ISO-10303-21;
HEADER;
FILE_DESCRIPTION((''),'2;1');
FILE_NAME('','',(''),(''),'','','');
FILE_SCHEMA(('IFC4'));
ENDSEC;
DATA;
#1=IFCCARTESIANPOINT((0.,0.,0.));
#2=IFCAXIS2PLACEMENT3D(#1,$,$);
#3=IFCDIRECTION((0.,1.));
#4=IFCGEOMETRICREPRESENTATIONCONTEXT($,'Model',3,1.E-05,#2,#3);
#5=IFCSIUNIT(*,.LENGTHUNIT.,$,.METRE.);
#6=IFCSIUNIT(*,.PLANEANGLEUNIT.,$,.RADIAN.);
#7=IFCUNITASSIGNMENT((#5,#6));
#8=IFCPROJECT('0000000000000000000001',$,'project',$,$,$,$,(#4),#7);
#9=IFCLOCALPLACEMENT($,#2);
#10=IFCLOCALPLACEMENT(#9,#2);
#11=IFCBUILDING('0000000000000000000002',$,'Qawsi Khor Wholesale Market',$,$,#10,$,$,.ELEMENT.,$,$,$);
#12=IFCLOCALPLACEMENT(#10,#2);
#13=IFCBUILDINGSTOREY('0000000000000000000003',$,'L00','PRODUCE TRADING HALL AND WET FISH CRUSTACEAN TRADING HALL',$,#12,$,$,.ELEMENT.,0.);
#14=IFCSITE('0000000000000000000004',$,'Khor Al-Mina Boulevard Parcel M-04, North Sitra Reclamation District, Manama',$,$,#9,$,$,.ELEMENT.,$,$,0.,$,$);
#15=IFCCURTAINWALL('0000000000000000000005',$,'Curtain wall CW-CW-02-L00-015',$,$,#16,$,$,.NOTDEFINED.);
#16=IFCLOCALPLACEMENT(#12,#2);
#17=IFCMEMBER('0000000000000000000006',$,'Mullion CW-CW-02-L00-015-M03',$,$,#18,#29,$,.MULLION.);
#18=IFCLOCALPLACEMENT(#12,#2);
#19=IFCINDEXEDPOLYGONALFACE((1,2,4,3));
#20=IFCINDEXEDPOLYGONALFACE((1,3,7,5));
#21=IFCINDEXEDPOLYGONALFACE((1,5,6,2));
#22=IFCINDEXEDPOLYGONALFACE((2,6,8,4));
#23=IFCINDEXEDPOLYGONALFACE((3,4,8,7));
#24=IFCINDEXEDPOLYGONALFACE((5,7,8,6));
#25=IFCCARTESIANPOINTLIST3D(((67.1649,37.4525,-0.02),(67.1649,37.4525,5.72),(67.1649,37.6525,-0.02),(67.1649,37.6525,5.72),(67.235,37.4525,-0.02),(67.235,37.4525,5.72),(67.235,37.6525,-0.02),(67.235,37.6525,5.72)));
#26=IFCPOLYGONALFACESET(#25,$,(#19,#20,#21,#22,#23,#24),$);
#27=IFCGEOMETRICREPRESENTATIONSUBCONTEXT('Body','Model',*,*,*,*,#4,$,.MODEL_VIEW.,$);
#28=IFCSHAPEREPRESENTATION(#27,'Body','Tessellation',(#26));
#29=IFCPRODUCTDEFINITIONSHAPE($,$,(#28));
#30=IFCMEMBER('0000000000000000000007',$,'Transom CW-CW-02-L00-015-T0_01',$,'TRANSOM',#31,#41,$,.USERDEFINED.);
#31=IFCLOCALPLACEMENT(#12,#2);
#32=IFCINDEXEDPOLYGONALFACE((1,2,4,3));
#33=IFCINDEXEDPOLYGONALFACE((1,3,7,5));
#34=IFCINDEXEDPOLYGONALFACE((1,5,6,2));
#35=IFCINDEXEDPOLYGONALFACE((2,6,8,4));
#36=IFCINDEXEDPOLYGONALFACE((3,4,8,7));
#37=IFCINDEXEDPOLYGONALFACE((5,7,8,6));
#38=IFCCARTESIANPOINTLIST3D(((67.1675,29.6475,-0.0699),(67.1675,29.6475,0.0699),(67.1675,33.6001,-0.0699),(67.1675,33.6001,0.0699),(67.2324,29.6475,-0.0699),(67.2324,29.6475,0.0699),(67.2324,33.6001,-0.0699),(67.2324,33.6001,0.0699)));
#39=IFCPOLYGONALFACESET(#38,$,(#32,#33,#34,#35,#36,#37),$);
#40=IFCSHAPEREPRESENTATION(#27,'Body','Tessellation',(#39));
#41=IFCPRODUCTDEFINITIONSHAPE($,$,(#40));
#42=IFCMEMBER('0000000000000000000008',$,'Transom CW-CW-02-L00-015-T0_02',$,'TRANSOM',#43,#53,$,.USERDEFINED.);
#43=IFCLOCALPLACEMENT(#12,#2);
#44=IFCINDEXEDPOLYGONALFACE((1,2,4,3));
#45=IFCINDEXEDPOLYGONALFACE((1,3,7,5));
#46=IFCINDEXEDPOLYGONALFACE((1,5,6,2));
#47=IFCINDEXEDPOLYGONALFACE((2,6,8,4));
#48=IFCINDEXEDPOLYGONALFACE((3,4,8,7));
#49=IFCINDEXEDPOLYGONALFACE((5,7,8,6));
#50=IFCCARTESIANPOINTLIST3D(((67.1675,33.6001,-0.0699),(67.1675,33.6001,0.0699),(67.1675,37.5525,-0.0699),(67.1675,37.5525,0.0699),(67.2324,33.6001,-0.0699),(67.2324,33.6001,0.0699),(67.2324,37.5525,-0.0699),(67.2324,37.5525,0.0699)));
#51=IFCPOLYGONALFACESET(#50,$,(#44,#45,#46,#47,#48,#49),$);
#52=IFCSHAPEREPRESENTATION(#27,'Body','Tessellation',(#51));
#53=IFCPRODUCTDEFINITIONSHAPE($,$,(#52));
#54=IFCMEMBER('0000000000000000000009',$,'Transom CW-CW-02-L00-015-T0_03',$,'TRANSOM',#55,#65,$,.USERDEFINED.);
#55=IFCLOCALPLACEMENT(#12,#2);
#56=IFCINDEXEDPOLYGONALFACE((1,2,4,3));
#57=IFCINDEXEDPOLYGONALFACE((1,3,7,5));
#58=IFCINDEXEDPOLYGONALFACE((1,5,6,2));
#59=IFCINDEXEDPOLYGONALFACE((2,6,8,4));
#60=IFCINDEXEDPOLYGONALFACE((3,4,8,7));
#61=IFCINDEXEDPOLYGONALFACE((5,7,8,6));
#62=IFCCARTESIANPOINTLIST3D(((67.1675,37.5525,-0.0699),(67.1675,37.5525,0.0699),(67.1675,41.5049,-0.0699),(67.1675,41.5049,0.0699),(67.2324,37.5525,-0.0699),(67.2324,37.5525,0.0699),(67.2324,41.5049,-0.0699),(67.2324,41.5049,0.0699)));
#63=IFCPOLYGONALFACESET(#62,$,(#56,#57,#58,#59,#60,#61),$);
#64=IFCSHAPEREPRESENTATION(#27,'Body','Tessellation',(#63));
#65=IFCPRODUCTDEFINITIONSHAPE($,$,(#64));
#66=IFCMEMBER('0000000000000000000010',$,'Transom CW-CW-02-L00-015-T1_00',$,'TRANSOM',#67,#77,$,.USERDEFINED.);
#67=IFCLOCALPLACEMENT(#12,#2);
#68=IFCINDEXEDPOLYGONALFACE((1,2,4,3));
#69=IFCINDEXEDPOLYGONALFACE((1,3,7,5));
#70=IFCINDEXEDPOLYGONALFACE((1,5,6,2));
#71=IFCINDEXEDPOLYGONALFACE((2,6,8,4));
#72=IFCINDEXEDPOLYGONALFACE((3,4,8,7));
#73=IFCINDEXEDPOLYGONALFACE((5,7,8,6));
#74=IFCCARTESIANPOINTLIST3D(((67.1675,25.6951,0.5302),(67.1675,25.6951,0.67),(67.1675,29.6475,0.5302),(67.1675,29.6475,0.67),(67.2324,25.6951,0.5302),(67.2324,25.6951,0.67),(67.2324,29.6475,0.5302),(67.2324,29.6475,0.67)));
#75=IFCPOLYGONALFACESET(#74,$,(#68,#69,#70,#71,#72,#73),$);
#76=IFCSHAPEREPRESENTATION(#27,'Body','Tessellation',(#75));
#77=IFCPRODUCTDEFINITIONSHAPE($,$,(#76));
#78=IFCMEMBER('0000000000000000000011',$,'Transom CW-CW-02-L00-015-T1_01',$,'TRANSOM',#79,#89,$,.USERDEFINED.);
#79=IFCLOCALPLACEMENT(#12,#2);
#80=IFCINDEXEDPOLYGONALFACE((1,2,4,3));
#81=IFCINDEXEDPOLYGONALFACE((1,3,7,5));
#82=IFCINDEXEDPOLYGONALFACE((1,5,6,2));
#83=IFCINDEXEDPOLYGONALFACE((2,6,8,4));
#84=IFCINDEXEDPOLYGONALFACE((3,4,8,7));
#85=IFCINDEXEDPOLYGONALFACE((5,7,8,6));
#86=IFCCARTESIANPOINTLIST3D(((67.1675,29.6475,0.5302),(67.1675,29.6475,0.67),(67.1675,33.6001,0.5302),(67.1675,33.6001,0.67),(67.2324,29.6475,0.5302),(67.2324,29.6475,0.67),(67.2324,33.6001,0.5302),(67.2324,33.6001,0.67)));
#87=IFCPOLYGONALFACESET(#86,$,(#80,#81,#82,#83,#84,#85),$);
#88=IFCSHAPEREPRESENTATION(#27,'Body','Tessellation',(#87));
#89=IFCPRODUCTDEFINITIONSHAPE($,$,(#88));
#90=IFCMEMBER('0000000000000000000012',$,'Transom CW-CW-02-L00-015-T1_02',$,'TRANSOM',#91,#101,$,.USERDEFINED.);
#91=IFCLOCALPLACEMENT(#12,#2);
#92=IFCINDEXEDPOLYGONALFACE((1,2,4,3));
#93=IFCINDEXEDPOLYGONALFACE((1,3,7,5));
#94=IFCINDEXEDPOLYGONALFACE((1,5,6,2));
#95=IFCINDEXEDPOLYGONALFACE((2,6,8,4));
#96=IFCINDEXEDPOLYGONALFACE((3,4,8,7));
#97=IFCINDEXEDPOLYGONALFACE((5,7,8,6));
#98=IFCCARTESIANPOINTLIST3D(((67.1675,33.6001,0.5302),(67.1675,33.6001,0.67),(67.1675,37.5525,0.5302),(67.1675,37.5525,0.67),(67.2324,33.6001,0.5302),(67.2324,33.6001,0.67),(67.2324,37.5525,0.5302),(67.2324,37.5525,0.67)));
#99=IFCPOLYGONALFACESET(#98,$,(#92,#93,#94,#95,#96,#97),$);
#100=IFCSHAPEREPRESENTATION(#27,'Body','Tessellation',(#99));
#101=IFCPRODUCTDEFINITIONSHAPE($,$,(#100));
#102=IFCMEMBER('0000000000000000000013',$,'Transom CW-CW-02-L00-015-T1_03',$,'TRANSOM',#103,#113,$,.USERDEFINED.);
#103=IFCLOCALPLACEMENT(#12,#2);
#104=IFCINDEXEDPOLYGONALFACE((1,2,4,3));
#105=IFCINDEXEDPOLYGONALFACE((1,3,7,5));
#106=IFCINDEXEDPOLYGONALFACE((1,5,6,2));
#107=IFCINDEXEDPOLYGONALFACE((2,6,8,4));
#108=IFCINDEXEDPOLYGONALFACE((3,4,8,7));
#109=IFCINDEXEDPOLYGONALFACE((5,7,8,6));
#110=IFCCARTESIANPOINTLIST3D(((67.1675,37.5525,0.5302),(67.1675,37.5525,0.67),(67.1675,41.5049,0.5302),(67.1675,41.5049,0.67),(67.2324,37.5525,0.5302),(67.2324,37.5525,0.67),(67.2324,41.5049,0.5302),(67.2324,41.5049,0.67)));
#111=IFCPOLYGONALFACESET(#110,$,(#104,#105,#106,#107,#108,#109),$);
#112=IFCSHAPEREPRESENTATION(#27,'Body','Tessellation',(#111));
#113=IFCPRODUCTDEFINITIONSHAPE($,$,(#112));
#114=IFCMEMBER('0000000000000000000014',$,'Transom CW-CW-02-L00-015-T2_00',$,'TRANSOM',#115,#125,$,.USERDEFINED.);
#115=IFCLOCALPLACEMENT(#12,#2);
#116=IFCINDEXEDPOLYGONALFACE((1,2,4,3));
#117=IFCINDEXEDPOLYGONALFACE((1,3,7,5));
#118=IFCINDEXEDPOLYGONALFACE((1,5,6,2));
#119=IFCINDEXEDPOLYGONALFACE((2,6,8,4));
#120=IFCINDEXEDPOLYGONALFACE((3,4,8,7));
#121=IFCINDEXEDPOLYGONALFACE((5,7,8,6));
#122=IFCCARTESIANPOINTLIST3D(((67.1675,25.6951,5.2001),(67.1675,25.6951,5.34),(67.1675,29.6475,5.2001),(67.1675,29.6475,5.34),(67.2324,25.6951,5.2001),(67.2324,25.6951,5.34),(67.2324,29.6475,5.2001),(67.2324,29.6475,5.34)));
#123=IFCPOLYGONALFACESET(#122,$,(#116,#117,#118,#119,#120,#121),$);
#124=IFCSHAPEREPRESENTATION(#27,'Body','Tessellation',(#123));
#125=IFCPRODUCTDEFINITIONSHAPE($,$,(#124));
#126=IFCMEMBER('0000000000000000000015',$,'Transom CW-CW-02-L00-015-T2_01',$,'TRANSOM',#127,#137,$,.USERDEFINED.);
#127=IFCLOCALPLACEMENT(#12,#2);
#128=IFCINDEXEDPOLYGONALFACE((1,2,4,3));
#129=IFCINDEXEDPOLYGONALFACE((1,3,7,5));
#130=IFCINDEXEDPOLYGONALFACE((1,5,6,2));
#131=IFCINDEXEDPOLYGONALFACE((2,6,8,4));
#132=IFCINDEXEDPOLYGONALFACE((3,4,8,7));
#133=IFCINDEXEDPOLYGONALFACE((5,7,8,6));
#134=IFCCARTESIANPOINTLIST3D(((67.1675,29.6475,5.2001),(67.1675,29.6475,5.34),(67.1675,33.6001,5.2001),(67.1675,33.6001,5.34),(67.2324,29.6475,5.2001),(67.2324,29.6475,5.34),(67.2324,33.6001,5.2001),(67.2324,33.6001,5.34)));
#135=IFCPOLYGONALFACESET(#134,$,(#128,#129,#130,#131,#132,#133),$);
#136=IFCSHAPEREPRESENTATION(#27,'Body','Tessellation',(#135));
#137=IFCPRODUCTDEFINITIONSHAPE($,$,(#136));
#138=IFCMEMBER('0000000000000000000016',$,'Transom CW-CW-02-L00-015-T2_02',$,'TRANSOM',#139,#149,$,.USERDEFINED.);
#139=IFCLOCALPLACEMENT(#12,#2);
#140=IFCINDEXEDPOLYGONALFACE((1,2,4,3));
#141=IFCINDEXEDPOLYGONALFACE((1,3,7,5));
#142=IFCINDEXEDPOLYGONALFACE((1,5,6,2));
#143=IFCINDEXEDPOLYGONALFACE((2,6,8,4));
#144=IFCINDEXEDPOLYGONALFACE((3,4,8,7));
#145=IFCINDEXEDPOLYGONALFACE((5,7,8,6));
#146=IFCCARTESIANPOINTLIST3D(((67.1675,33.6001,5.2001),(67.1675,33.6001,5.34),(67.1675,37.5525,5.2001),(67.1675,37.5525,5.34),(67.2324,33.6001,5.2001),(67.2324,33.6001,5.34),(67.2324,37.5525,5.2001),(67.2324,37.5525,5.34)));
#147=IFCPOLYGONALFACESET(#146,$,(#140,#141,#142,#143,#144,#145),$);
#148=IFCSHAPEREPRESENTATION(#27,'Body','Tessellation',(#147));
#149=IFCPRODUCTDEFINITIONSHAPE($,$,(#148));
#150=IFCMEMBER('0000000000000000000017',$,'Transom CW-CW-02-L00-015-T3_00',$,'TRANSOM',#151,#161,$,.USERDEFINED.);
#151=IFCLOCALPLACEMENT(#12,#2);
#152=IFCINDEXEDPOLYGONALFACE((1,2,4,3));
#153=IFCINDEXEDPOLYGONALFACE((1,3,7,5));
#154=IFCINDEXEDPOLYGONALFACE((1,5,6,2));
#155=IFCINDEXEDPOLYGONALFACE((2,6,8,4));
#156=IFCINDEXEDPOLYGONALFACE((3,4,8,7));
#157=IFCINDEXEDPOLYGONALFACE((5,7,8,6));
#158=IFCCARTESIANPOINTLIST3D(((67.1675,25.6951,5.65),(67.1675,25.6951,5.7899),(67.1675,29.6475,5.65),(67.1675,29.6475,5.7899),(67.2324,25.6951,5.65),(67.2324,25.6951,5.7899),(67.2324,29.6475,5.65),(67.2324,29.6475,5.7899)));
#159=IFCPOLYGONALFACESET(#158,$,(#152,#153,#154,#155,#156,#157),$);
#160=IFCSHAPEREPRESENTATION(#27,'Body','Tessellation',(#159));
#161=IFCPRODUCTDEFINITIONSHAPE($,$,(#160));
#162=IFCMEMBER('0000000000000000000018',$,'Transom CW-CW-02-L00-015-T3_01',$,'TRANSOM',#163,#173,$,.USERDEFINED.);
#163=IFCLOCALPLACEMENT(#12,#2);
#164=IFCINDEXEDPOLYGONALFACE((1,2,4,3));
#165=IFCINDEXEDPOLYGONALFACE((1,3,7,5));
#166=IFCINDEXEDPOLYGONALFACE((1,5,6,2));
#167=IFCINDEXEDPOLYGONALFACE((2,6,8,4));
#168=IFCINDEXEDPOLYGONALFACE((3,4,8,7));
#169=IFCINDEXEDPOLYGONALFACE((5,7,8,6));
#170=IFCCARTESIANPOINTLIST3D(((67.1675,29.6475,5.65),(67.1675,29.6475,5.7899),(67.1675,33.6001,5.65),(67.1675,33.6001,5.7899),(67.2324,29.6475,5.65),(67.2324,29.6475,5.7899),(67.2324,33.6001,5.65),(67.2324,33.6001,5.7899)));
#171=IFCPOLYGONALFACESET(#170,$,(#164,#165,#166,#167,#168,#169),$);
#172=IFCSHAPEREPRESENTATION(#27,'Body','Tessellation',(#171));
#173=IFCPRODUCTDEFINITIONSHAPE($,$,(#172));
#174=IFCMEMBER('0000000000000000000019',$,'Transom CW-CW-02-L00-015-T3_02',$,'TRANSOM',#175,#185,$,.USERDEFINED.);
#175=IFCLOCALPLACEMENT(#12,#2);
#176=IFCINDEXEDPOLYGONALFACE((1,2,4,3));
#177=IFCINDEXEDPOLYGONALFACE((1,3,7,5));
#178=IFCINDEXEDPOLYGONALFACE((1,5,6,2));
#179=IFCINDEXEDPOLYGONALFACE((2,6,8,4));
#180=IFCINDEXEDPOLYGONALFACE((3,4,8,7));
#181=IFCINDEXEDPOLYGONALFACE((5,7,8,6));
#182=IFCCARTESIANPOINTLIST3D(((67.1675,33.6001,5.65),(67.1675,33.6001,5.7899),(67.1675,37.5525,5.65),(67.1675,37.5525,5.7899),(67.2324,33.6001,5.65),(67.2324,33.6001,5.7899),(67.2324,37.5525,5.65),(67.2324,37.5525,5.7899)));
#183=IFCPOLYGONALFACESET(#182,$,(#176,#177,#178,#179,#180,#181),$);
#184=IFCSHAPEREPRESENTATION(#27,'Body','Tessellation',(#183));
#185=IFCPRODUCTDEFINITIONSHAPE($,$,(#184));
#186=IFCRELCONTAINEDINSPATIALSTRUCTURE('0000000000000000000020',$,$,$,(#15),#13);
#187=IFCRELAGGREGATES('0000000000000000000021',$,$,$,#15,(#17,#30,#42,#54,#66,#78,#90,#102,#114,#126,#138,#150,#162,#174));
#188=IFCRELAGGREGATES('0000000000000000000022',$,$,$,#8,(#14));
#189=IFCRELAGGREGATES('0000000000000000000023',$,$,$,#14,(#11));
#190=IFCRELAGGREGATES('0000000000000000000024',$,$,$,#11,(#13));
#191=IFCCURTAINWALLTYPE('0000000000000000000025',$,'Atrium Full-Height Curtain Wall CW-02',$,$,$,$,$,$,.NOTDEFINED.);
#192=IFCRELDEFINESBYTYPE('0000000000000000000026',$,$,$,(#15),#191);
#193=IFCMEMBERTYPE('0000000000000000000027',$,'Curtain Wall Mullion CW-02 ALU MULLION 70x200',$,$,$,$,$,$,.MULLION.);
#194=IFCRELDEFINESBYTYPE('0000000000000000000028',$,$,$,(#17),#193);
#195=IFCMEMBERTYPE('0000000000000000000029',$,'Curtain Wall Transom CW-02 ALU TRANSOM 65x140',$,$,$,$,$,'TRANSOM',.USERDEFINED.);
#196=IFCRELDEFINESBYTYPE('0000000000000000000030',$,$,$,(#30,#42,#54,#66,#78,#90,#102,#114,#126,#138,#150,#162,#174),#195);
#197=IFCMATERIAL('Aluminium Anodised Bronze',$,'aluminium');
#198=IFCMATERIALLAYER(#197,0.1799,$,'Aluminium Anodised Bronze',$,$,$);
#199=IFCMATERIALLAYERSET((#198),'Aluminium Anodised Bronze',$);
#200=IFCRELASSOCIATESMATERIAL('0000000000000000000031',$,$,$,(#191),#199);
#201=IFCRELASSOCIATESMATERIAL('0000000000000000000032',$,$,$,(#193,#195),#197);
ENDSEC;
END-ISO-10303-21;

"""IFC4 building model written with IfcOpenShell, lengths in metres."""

from ifc_helpers import new_model, si_unit, direction, frame, origin, origin_2d, place, context, subcontext, project, spatial, rectangle, extrude, material, layer, layer_set, material_profile, profile_set, type_object, element, aggregate, save


model = new_model("IFC4")

# Units and contexts
model_context = context("Model", 3, precision=1e-05, world=origin(), true_north=direction((0.0, 1.0)))
body_context = subcontext(model_context, "Body", "Model", "MODEL_VIEW")
ifc_project = project(units=[si_unit("LENGTHUNIT", "METRE"), si_unit("PLANEANGLEUNIT", "RADIAN")], contexts=[model_context])

# Site, building, storey
site_placement = place(None, origin())
site = spatial("IfcSite", under=ifc_project, at=site_placement, Name="Khor Al-Mina Boulevard Parcel M-04, North Sitra Reclamation District, Manama", CompositionType="ELEMENT", RefElevation=0.0)
building_placement = place(site_placement, origin())
building = spatial("IfcBuilding", under=site, at=building_placement, Name="Qawsi Khor Wholesale Market", CompositionType="ELEMENT")
storey_placement = place(building_placement, origin())
storey = spatial("IfcBuildingStorey", under=building, at=storey_placement, Name="L00", Description="PRODUCE TRADING HALL AND WET FISH CRUSTACEAN TRADING HALL", CompositionType="ELEMENT", Elevation=0.0)

# Curtain wall, members
ifc_material_1 = material(Name="Aluminium Anodised Bronze", Category="aluminium")
ifc_layer_1 = layer(ifc_material_1, 0.1799, Name="Aluminium Anodised Bronze")
ifc_layer_set_1 = layer_set([ifc_layer_1], Name="Aluminium Anodised Bronze")
curtain_wall_type = type_object("IfcCurtainWallType", Name="Atrium Full-Height Curtain Wall CW-02", PredefinedType="NOTDEFINED", material=ifc_layer_set_1)
curtain_wall_placement = place(storey_placement, origin())
curtain_wall = element("IfcCurtainWall", 1, at=curtain_wall_placement, inside=storey, type_object=curtain_wall_type, Name="Curtain wall CW-CW-02-L00-015", PredefinedType="NOTDEFINED")
ifc_material_profile_1 = material_profile(ifc_material_1, rectangle(XDim=0.0701, YDim=0.2, at=origin_2d()), Name="ALU MULLION 70x200")
ifc_profile_set_1 = profile_set([ifc_material_profile_1], Name="Aluminium Anodised Bronze")
member_type_1 = type_object("IfcMemberType", Name="Curtain Wall Mullion CW-02 ALU MULLION 70x200", PredefinedType="MULLION", material=ifc_profile_set_1)
member_1_placement = place(storey_placement, frame((67.2, 37.5525, -0.02), z_axis=(0.0, 0.0, 1.0), x_axis=(1.0, 0.0, 0.0)))
member_1 = element("IfcMember", 2, at=member_1_placement, type_object=member_type_1, Name="Mullion CW-CW-02-L00-015-M03", PredefinedType="MULLION", context=body_context, shape_type="SweptSolid", body=[
    extrude(rectangle(XDim=0.0701, YDim=0.2, at=origin_2d()), origin(), (0.0, 0.0, 1.0), 5.74),
])
ifc_material_profile_2 = material_profile(ifc_material_1, rectangle(XDim=0.0649, YDim=0.1399, at=origin_2d()), Name="ALU TRANSOM 65x140")
ifc_profile_set_2 = profile_set([ifc_material_profile_2], Name="Aluminium Anodised Bronze")
member_type_2 = type_object("IfcMemberType", Name="Curtain Wall Transom CW-02 ALU TRANSOM 65x140", ElementType="TRANSOM", PredefinedType="USERDEFINED", material=ifc_profile_set_2)
member_2_placement = place(storey_placement, frame((67.2, 29.6475, 0.0), z_axis=(0.0, 1.0, 0.0), x_axis=(-1.0, 0.0, 0.0)))
member_2 = element("IfcMember", 3, at=member_2_placement, type_object=member_type_2, Name="Transom CW-CW-02-L00-015-T0_01", ObjectType="TRANSOM", PredefinedType="USERDEFINED", context=body_context, shape_type="SweptSolid", body=[
    extrude(rectangle(XDim=0.0649, YDim=0.1399, at=origin_2d()), origin(), (0.0, 0.0, 1.0), 3.9526),
])
member_3_placement = place(storey_placement, frame((67.2, 33.6001, 0.0), z_axis=(0.0, 1.0, 0.0), x_axis=(-1.0, 0.0, 0.0)))
member_3 = element("IfcMember", 4, at=member_3_placement, type_object=member_type_2, Name="Transom CW-CW-02-L00-015-T0_02", ObjectType="TRANSOM", PredefinedType="USERDEFINED", context=body_context, shape_type="SweptSolid", body=[
    extrude(rectangle(XDim=0.0649, YDim=0.1399, at=origin_2d()), origin(), (0.0, 0.0, 1.0), 3.9524),
])
member_4_placement = place(storey_placement, frame((67.2, 37.5525, 0.0), z_axis=(0.0, 1.0, 0.0), x_axis=(-1.0, 0.0, 0.0)))
member_4 = element("IfcMember", 5, at=member_4_placement, type_object=member_type_2, Name="Transom CW-CW-02-L00-015-T0_03", ObjectType="TRANSOM", PredefinedType="USERDEFINED", context=body_context, shape_type="SweptSolid", body=[
    extrude(rectangle(XDim=0.0649, YDim=0.1399, at=origin_2d()), origin(), (0.0, 0.0, 1.0), 3.9524),
])
member_5_placement = place(storey_placement, frame((67.2, 25.6951, 0.6001), z_axis=(0.0, 1.0, 0.0), x_axis=(-1.0, 0.0, 0.0)))
member_5 = element("IfcMember", 6, at=member_5_placement, type_object=member_type_2, Name="Transom CW-CW-02-L00-015-T1_00", ObjectType="TRANSOM", PredefinedType="USERDEFINED", context=body_context, shape_type="SweptSolid", body=[
    extrude(rectangle(XDim=0.0649, YDim=0.1399, at=origin_2d()), origin(), (0.0, 0.0, 1.0), 3.9524),
])
member_6_placement = place(storey_placement, frame((67.2, 29.6475, 0.6001), z_axis=(0.0, 1.0, 0.0), x_axis=(-1.0, 0.0, 0.0)))
member_6 = element("IfcMember", 7, at=member_6_placement, type_object=member_type_2, Name="Transom CW-CW-02-L00-015-T1_01", ObjectType="TRANSOM", PredefinedType="USERDEFINED", context=body_context, shape_type="SweptSolid", body=[
    extrude(rectangle(XDim=0.0649, YDim=0.1399, at=origin_2d()), origin(), (0.0, 0.0, 1.0), 3.9526),
])
member_7_placement = place(storey_placement, frame((67.2, 33.6001, 0.6001), z_axis=(0.0, 1.0, 0.0), x_axis=(-1.0, 0.0, 0.0)))
member_7 = element("IfcMember", 8, at=member_7_placement, type_object=member_type_2, Name="Transom CW-CW-02-L00-015-T1_02", ObjectType="TRANSOM", PredefinedType="USERDEFINED", context=body_context, shape_type="SweptSolid", body=[
    extrude(rectangle(XDim=0.0649, YDim=0.1399, at=origin_2d()), origin(), (0.0, 0.0, 1.0), 3.9524),
])
member_8_placement = place(storey_placement, frame((67.2, 37.5525, 0.6001), z_axis=(0.0, 1.0, 0.0), x_axis=(-1.0, 0.0, 0.0)))
member_8 = element("IfcMember", 9, at=member_8_placement, type_object=member_type_2, Name="Transom CW-CW-02-L00-015-T1_03", ObjectType="TRANSOM", PredefinedType="USERDEFINED", context=body_context, shape_type="SweptSolid", body=[
    extrude(rectangle(XDim=0.0649, YDim=0.1399, at=origin_2d()), origin(), (0.0, 0.0, 1.0), 3.9524),
])
member_9_placement = place(storey_placement, frame((67.2, 25.6951, 5.27), z_axis=(0.0, 1.0, 0.0), x_axis=(-1.0, 0.0, 0.0)))
member_9 = element("IfcMember", 10, at=member_9_placement, type_object=member_type_2, Name="Transom CW-CW-02-L00-015-T2_00", ObjectType="TRANSOM", PredefinedType="USERDEFINED", context=body_context, shape_type="SweptSolid", body=[
    extrude(rectangle(XDim=0.0649, YDim=0.1399, at=origin_2d()), origin(), (0.0, 0.0, 1.0), 3.9524),
])
member_10_placement = place(storey_placement, frame((67.2, 29.6475, 5.27), z_axis=(0.0, 1.0, 0.0), x_axis=(-1.0, 0.0, 0.0)))
member_10 = element("IfcMember", 11, at=member_10_placement, type_object=member_type_2, Name="Transom CW-CW-02-L00-015-T2_01", ObjectType="TRANSOM", PredefinedType="USERDEFINED", context=body_context, shape_type="SweptSolid", body=[
    extrude(rectangle(XDim=0.0649, YDim=0.1399, at=origin_2d()), origin(), (0.0, 0.0, 1.0), 3.9526),
])
member_11_placement = place(storey_placement, frame((67.2, 33.6001, 5.27), z_axis=(0.0, 1.0, 0.0), x_axis=(-1.0, 0.0, 0.0)))
member_11 = element("IfcMember", 12, at=member_11_placement, type_object=member_type_2, Name="Transom CW-CW-02-L00-015-T2_02", ObjectType="TRANSOM", PredefinedType="USERDEFINED", context=body_context, shape_type="SweptSolid", body=[
    extrude(rectangle(XDim=0.0649, YDim=0.1399, at=origin_2d()), origin(), (0.0, 0.0, 1.0), 3.9524),
])
member_12_placement = place(storey_placement, frame((67.2, 25.6951, 5.72), z_axis=(0.0, 1.0, 0.0), x_axis=(-1.0, 0.0, 0.0)))
member_12 = element("IfcMember", 13, at=member_12_placement, type_object=member_type_2, Name="Transom CW-CW-02-L00-015-T3_00", ObjectType="TRANSOM", PredefinedType="USERDEFINED", context=body_context, shape_type="SweptSolid", body=[
    extrude(rectangle(XDim=0.0649, YDim=0.1399, at=origin_2d()), origin(), (0.0, 0.0, 1.0), 3.9524),
])
member_13_placement = place(storey_placement, frame((67.2, 29.6475, 5.72), z_axis=(0.0, 1.0, 0.0), x_axis=(-1.0, 0.0, 0.0)))
member_13 = element("IfcMember", 14, at=member_13_placement, type_object=member_type_2, Name="Transom CW-CW-02-L00-015-T3_01", ObjectType="TRANSOM", PredefinedType="USERDEFINED", context=body_context, shape_type="SweptSolid", body=[
    extrude(rectangle(XDim=0.0649, YDim=0.1399, at=origin_2d()), origin(), (0.0, 0.0, 1.0), 3.9526),
])
member_14_placement = place(storey_placement, frame((67.2, 33.6001, 5.72), z_axis=(0.0, 1.0, 0.0), x_axis=(-1.0, 0.0, 0.0)))
member_14 = element("IfcMember", 15, at=member_14_placement, type_object=member_type_2, Name="Transom CW-CW-02-L00-015-T3_02", ObjectType="TRANSOM", PredefinedType="USERDEFINED", context=body_context, shape_type="SweptSolid", body=[
    extrude(rectangle(XDim=0.0649, YDim=0.1399, at=origin_2d()), origin(), (0.0, 0.0, 1.0), 3.9524),
])
aggregate(curtain_wall, [member_1, member_2, member_3, member_4, member_5, member_6, member_7, member_8, member_9, member_10, member_11, member_12, member_13, member_14])

save(model, "model.ifc")
